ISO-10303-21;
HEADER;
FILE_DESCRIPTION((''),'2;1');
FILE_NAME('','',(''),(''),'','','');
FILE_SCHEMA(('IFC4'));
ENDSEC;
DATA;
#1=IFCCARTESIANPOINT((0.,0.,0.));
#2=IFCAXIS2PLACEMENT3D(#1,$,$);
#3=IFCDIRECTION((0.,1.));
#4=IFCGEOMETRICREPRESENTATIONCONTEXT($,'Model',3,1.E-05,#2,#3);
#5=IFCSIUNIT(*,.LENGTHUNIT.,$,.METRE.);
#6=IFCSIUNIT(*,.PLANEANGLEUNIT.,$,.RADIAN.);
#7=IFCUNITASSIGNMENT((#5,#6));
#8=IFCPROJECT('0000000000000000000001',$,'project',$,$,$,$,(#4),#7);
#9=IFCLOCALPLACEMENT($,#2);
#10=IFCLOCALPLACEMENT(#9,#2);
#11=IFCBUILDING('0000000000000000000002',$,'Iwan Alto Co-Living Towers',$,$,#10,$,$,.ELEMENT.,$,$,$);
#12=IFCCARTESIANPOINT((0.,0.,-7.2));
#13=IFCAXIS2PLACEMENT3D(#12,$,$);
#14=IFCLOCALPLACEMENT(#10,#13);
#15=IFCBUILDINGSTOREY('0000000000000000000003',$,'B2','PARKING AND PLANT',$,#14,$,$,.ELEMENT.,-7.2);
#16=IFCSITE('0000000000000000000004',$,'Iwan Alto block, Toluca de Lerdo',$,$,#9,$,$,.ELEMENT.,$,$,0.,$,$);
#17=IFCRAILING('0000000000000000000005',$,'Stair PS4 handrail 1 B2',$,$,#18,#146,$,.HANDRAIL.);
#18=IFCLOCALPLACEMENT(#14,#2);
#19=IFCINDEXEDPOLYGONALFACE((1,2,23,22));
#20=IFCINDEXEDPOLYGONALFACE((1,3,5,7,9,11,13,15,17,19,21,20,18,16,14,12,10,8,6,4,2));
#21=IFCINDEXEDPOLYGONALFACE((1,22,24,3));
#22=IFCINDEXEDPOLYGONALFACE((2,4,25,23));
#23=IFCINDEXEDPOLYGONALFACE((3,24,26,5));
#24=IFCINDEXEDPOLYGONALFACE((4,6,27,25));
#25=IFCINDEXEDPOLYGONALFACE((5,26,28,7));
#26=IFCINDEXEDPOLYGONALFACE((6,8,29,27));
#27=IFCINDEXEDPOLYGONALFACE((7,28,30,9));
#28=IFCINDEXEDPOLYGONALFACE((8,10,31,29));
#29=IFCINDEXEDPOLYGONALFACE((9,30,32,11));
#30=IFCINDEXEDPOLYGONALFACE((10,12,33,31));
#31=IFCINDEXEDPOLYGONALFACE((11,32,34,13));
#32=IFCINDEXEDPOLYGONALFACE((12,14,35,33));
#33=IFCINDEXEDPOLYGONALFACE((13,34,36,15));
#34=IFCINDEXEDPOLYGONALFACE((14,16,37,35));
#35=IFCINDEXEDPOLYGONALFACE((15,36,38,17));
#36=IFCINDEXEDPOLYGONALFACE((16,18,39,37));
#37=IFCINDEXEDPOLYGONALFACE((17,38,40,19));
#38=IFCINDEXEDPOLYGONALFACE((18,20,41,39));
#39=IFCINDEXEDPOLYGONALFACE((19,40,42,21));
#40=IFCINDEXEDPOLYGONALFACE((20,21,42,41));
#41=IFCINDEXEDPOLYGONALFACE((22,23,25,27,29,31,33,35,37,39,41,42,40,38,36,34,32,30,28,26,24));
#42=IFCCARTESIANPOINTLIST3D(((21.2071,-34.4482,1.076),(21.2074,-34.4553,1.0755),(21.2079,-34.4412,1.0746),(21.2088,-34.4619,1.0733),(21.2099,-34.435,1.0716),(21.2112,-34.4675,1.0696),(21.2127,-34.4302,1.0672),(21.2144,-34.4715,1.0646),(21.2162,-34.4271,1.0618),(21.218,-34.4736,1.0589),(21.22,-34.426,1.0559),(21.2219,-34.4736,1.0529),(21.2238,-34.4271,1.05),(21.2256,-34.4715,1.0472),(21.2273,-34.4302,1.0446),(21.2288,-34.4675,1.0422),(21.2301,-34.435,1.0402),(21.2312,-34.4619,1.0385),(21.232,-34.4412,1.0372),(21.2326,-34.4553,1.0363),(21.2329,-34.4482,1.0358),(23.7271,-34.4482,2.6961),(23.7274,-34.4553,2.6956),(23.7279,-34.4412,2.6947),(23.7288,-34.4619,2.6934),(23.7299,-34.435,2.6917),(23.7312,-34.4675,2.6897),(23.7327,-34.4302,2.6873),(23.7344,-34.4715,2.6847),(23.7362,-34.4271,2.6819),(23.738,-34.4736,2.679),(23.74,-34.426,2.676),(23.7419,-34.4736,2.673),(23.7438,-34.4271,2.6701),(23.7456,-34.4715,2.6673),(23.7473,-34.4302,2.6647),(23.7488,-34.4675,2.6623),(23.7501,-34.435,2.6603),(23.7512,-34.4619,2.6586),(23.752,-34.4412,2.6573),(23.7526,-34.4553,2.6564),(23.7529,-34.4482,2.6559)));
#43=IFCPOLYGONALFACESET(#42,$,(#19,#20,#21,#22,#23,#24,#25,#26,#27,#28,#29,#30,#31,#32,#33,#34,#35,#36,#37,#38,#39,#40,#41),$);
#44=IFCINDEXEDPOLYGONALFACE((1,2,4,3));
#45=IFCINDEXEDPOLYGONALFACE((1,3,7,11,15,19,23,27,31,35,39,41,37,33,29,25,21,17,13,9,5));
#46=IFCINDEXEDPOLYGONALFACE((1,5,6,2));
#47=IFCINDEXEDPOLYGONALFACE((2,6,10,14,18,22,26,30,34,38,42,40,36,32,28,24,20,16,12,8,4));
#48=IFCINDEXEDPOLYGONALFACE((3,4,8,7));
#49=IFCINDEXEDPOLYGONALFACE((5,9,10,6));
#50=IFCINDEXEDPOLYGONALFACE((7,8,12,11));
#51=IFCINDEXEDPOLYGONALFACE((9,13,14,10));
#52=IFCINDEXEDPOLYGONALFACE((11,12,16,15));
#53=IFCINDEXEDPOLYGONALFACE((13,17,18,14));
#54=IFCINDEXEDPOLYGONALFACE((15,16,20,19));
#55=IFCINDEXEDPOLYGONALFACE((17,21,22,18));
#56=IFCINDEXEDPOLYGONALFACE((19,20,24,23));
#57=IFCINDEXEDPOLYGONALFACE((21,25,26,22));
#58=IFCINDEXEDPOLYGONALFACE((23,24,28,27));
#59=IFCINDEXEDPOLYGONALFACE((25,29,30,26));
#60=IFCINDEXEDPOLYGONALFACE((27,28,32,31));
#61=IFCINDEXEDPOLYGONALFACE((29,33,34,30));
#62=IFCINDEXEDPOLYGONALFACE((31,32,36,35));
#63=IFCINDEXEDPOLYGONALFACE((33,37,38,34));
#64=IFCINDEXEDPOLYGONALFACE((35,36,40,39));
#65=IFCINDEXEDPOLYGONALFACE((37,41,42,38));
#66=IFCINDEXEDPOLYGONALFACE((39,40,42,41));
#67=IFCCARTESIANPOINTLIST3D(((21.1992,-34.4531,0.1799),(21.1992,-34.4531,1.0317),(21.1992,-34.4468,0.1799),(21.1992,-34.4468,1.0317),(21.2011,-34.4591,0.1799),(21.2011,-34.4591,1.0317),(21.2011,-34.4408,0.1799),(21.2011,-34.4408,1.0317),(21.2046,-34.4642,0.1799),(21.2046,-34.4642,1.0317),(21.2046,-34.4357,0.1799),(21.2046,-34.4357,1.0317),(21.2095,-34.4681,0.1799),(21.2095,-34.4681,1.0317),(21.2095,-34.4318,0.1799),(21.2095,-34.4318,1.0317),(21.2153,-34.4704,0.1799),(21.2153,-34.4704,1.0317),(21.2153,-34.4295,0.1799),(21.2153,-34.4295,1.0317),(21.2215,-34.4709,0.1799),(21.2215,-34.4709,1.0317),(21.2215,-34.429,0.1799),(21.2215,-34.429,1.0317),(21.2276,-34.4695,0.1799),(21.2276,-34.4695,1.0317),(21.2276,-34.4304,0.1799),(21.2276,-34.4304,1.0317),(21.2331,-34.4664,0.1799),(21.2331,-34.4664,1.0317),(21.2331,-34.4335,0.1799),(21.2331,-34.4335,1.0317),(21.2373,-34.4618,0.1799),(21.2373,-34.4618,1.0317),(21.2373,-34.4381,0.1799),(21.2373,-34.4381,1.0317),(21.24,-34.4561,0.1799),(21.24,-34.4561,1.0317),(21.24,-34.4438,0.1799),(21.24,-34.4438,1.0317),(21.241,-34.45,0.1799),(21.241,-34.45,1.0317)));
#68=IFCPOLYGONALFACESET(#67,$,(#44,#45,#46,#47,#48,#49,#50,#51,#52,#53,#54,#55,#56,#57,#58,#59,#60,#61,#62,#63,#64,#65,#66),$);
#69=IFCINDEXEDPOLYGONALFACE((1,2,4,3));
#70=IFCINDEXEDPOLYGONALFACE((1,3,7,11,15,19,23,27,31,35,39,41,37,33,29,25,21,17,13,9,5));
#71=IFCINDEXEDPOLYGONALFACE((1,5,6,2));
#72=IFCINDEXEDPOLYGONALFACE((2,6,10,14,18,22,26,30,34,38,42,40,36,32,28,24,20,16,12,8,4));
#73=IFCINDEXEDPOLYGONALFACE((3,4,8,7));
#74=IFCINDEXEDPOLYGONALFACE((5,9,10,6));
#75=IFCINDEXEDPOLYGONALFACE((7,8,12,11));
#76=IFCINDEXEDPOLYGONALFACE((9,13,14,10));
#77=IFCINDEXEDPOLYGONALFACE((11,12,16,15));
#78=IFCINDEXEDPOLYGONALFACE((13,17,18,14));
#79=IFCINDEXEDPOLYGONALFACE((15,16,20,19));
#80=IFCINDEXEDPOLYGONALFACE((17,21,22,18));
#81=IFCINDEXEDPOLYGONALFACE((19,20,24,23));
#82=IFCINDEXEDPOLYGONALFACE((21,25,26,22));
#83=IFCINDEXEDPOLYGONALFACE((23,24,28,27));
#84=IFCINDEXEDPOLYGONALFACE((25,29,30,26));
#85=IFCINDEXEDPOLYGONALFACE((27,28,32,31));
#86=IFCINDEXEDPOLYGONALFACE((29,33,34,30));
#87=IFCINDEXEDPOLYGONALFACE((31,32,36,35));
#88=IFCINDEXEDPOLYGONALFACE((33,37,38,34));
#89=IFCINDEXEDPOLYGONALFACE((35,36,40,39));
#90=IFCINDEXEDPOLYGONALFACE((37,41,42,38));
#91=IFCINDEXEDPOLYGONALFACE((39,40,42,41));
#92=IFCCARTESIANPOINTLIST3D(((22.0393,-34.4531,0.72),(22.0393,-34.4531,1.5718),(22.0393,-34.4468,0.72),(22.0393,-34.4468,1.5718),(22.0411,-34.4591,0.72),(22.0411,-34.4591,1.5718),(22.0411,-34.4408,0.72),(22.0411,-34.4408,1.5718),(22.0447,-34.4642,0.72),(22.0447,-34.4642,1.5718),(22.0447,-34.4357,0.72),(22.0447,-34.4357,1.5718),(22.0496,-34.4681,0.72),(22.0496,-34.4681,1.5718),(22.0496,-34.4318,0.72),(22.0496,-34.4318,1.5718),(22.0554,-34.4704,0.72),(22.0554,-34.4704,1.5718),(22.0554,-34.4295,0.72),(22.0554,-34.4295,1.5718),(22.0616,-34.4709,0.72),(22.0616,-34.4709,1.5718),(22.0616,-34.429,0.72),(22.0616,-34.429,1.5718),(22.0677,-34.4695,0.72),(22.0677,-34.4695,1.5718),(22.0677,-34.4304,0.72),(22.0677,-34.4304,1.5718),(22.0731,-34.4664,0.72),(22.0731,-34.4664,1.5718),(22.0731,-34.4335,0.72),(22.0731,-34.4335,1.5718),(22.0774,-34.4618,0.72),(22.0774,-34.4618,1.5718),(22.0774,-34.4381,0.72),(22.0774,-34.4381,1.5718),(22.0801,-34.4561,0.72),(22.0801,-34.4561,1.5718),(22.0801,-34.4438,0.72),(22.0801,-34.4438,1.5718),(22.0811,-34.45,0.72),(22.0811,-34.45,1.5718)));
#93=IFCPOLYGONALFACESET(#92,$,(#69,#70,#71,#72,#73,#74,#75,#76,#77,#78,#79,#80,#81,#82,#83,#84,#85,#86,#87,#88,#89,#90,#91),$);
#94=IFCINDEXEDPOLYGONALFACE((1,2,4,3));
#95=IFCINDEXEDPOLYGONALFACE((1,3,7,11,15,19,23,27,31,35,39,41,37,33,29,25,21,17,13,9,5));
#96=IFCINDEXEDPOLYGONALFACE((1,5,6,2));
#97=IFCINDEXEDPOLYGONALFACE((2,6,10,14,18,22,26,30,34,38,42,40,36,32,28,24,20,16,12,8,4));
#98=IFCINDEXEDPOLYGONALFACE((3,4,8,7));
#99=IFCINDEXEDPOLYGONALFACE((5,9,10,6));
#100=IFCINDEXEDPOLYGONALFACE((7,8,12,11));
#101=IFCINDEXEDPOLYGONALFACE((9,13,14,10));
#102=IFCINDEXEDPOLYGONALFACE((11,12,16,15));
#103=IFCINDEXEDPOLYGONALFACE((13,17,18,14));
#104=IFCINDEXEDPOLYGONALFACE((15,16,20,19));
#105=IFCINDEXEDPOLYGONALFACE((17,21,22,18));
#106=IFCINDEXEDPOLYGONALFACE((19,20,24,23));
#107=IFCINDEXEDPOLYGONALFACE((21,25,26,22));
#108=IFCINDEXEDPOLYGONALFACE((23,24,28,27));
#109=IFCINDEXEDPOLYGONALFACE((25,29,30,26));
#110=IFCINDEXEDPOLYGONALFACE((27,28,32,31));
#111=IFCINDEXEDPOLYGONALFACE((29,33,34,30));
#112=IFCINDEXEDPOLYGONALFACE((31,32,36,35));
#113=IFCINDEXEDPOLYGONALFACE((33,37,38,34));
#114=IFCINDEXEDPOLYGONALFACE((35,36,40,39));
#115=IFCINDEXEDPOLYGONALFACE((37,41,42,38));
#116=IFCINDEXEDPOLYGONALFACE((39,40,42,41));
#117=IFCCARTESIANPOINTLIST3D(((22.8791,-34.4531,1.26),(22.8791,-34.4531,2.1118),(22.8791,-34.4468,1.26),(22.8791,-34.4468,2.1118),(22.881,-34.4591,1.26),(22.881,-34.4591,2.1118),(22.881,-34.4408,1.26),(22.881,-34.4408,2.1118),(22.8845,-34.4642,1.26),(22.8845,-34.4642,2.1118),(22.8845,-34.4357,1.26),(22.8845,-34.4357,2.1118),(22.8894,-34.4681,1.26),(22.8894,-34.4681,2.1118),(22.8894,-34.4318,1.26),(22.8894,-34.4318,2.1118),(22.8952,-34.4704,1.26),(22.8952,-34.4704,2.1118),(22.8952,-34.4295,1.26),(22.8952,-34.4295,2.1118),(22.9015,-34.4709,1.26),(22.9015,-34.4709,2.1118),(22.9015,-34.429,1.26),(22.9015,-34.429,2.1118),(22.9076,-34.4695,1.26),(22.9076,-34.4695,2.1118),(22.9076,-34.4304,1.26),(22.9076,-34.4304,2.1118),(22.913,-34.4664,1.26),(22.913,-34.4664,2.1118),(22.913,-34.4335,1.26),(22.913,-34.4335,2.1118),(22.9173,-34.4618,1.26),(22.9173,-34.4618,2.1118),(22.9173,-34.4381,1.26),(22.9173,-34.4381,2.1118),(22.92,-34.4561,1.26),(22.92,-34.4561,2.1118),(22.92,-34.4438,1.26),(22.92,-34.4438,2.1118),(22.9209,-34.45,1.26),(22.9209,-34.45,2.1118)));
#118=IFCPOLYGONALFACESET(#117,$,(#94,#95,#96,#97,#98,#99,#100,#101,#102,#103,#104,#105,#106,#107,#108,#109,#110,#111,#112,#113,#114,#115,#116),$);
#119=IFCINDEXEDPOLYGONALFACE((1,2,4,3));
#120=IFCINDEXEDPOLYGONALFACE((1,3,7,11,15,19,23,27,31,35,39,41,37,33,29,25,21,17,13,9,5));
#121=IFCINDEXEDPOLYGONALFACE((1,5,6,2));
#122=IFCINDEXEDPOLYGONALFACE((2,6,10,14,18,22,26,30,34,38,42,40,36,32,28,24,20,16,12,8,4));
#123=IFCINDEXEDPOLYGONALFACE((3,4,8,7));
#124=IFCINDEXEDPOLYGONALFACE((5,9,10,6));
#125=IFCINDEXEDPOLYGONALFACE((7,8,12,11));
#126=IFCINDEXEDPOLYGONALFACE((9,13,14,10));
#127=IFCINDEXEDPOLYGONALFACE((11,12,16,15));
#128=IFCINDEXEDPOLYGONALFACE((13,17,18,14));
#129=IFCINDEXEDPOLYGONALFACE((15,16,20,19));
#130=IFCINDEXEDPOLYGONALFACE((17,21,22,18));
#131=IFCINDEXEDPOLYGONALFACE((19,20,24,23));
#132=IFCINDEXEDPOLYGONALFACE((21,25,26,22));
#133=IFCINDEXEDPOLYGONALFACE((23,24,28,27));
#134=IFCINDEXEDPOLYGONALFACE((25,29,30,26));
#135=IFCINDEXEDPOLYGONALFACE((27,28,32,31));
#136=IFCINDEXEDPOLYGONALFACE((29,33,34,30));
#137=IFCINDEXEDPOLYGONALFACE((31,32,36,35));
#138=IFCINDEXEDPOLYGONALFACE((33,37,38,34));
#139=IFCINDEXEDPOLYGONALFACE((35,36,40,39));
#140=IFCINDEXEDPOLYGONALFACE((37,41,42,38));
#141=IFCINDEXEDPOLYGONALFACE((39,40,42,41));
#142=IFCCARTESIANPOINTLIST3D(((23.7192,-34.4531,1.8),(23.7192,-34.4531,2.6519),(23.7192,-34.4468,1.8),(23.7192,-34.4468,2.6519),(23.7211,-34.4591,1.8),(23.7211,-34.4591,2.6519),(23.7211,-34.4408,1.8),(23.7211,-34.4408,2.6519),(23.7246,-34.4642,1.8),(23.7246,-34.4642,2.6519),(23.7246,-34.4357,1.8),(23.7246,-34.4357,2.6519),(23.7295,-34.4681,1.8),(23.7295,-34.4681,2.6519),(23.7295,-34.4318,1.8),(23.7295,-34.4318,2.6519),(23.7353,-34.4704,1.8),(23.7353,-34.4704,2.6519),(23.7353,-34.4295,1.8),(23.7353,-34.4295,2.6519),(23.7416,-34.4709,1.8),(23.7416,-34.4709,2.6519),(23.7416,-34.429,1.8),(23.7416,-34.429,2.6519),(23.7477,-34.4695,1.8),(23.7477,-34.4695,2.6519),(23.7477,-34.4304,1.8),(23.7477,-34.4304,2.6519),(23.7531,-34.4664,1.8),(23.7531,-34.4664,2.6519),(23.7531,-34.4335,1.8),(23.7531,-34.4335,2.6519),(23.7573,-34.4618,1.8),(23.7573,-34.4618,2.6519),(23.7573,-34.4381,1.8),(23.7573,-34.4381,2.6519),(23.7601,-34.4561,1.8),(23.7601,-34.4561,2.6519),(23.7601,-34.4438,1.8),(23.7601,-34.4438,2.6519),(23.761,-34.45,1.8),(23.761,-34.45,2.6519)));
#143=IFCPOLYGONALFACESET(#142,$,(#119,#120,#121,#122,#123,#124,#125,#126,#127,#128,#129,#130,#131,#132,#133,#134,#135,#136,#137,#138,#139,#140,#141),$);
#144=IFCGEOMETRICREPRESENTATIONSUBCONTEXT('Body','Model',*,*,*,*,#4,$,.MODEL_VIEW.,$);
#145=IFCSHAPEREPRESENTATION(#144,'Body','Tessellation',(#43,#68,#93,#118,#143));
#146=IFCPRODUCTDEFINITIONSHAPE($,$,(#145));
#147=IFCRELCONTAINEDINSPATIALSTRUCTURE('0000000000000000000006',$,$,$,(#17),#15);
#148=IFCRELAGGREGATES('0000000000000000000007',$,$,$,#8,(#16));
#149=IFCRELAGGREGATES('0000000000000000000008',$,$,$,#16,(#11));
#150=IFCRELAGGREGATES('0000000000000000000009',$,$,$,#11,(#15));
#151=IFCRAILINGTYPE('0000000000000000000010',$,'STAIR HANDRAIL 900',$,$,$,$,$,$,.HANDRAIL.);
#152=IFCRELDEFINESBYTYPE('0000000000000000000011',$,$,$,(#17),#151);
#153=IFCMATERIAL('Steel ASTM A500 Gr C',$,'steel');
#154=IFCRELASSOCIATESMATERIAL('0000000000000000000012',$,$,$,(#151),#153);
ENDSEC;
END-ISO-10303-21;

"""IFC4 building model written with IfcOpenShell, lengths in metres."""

from ifc_helpers import new_model, si_unit, direction, frame, origin, origin_2d, place, context, subcontext, project, spatial, circle, extrude, material, type_object, element, save


model = new_model("IFC4")

# Units and contexts
model_context = context("Model", 3, precision=1e-05, world=origin(), true_north=direction((0.0, 1.0)))
body_context = subcontext(model_context, "Body", "Model", "MODEL_VIEW")
ifc_project = project(units=[si_unit("LENGTHUNIT", "METRE"), si_unit("PLANEANGLEUNIT", "RADIAN")], contexts=[model_context])

# Site, building, storey
site_placement = place(None, origin())
site = spatial("IfcSite", under=ifc_project, at=site_placement, Name="Iwan Alto block, Toluca de Lerdo", CompositionType="ELEMENT", RefElevation=0.0)
building_placement = place(site_placement, origin())
building = spatial("IfcBuilding", under=site, at=building_placement, Name="Iwan Alto Co-Living Towers", CompositionType="ELEMENT")
storey_placement = place(building_placement, frame((0.0, 0.0, -7.2)))
storey = spatial("IfcBuildingStorey", under=building, at=storey_placement, Name="B2", Description="PARKING AND PLANT", CompositionType="ELEMENT", Elevation=-7.2)

# Railing
ifc_material_1 = material(Name="Steel ASTM A500 Gr C", Category="steel")
railing_type_1 = type_object("IfcRailingType", Name="STAIR HANDRAIL 900", PredefinedType="HANDRAIL", material=ifc_material_1)
railing_1_placement = place(storey_placement, frame((21.22, -34.45, 0.1799)))
element("IfcRailing", 1, at=railing_1_placement, inside=storey, type_object=railing_type_1, Name="Stair PS4 handrail 1 B2", PredefinedType="HANDRAIL", context=body_context, shape_type="SweptSolid", body=[
    extrude(circle(Radius=0.0239, at=origin_2d()), frame((0.0, 0.0, 0.876), z_axis=(0.841163, 0.0, 0.540782), x_axis=(0.0, 1.0, 0.0)), (0.0, 0.0, 1.0), 2.9958),
    extrude(circle(Radius=0.021, at=origin_2d()), origin(), (0.0, 0.0, 1.0), 0.8518),
    extrude(circle(Radius=0.021, at=origin_2d()), frame((0.8401, 0.0, 0.54)), (0.0, 0.0, 1.0), 0.8518),
    extrude(circle(Radius=0.021, at=origin_2d()), frame((1.6799, 0.0, 1.0801)), (0.0, 0.0, 1.0), 0.8518),
    extrude(circle(Radius=0.021, at=origin_2d()), frame((2.52, 0.0, 1.6201)), (0.0, 0.0, 1.0), 0.8518),
])

save(model, "model.ifc")
